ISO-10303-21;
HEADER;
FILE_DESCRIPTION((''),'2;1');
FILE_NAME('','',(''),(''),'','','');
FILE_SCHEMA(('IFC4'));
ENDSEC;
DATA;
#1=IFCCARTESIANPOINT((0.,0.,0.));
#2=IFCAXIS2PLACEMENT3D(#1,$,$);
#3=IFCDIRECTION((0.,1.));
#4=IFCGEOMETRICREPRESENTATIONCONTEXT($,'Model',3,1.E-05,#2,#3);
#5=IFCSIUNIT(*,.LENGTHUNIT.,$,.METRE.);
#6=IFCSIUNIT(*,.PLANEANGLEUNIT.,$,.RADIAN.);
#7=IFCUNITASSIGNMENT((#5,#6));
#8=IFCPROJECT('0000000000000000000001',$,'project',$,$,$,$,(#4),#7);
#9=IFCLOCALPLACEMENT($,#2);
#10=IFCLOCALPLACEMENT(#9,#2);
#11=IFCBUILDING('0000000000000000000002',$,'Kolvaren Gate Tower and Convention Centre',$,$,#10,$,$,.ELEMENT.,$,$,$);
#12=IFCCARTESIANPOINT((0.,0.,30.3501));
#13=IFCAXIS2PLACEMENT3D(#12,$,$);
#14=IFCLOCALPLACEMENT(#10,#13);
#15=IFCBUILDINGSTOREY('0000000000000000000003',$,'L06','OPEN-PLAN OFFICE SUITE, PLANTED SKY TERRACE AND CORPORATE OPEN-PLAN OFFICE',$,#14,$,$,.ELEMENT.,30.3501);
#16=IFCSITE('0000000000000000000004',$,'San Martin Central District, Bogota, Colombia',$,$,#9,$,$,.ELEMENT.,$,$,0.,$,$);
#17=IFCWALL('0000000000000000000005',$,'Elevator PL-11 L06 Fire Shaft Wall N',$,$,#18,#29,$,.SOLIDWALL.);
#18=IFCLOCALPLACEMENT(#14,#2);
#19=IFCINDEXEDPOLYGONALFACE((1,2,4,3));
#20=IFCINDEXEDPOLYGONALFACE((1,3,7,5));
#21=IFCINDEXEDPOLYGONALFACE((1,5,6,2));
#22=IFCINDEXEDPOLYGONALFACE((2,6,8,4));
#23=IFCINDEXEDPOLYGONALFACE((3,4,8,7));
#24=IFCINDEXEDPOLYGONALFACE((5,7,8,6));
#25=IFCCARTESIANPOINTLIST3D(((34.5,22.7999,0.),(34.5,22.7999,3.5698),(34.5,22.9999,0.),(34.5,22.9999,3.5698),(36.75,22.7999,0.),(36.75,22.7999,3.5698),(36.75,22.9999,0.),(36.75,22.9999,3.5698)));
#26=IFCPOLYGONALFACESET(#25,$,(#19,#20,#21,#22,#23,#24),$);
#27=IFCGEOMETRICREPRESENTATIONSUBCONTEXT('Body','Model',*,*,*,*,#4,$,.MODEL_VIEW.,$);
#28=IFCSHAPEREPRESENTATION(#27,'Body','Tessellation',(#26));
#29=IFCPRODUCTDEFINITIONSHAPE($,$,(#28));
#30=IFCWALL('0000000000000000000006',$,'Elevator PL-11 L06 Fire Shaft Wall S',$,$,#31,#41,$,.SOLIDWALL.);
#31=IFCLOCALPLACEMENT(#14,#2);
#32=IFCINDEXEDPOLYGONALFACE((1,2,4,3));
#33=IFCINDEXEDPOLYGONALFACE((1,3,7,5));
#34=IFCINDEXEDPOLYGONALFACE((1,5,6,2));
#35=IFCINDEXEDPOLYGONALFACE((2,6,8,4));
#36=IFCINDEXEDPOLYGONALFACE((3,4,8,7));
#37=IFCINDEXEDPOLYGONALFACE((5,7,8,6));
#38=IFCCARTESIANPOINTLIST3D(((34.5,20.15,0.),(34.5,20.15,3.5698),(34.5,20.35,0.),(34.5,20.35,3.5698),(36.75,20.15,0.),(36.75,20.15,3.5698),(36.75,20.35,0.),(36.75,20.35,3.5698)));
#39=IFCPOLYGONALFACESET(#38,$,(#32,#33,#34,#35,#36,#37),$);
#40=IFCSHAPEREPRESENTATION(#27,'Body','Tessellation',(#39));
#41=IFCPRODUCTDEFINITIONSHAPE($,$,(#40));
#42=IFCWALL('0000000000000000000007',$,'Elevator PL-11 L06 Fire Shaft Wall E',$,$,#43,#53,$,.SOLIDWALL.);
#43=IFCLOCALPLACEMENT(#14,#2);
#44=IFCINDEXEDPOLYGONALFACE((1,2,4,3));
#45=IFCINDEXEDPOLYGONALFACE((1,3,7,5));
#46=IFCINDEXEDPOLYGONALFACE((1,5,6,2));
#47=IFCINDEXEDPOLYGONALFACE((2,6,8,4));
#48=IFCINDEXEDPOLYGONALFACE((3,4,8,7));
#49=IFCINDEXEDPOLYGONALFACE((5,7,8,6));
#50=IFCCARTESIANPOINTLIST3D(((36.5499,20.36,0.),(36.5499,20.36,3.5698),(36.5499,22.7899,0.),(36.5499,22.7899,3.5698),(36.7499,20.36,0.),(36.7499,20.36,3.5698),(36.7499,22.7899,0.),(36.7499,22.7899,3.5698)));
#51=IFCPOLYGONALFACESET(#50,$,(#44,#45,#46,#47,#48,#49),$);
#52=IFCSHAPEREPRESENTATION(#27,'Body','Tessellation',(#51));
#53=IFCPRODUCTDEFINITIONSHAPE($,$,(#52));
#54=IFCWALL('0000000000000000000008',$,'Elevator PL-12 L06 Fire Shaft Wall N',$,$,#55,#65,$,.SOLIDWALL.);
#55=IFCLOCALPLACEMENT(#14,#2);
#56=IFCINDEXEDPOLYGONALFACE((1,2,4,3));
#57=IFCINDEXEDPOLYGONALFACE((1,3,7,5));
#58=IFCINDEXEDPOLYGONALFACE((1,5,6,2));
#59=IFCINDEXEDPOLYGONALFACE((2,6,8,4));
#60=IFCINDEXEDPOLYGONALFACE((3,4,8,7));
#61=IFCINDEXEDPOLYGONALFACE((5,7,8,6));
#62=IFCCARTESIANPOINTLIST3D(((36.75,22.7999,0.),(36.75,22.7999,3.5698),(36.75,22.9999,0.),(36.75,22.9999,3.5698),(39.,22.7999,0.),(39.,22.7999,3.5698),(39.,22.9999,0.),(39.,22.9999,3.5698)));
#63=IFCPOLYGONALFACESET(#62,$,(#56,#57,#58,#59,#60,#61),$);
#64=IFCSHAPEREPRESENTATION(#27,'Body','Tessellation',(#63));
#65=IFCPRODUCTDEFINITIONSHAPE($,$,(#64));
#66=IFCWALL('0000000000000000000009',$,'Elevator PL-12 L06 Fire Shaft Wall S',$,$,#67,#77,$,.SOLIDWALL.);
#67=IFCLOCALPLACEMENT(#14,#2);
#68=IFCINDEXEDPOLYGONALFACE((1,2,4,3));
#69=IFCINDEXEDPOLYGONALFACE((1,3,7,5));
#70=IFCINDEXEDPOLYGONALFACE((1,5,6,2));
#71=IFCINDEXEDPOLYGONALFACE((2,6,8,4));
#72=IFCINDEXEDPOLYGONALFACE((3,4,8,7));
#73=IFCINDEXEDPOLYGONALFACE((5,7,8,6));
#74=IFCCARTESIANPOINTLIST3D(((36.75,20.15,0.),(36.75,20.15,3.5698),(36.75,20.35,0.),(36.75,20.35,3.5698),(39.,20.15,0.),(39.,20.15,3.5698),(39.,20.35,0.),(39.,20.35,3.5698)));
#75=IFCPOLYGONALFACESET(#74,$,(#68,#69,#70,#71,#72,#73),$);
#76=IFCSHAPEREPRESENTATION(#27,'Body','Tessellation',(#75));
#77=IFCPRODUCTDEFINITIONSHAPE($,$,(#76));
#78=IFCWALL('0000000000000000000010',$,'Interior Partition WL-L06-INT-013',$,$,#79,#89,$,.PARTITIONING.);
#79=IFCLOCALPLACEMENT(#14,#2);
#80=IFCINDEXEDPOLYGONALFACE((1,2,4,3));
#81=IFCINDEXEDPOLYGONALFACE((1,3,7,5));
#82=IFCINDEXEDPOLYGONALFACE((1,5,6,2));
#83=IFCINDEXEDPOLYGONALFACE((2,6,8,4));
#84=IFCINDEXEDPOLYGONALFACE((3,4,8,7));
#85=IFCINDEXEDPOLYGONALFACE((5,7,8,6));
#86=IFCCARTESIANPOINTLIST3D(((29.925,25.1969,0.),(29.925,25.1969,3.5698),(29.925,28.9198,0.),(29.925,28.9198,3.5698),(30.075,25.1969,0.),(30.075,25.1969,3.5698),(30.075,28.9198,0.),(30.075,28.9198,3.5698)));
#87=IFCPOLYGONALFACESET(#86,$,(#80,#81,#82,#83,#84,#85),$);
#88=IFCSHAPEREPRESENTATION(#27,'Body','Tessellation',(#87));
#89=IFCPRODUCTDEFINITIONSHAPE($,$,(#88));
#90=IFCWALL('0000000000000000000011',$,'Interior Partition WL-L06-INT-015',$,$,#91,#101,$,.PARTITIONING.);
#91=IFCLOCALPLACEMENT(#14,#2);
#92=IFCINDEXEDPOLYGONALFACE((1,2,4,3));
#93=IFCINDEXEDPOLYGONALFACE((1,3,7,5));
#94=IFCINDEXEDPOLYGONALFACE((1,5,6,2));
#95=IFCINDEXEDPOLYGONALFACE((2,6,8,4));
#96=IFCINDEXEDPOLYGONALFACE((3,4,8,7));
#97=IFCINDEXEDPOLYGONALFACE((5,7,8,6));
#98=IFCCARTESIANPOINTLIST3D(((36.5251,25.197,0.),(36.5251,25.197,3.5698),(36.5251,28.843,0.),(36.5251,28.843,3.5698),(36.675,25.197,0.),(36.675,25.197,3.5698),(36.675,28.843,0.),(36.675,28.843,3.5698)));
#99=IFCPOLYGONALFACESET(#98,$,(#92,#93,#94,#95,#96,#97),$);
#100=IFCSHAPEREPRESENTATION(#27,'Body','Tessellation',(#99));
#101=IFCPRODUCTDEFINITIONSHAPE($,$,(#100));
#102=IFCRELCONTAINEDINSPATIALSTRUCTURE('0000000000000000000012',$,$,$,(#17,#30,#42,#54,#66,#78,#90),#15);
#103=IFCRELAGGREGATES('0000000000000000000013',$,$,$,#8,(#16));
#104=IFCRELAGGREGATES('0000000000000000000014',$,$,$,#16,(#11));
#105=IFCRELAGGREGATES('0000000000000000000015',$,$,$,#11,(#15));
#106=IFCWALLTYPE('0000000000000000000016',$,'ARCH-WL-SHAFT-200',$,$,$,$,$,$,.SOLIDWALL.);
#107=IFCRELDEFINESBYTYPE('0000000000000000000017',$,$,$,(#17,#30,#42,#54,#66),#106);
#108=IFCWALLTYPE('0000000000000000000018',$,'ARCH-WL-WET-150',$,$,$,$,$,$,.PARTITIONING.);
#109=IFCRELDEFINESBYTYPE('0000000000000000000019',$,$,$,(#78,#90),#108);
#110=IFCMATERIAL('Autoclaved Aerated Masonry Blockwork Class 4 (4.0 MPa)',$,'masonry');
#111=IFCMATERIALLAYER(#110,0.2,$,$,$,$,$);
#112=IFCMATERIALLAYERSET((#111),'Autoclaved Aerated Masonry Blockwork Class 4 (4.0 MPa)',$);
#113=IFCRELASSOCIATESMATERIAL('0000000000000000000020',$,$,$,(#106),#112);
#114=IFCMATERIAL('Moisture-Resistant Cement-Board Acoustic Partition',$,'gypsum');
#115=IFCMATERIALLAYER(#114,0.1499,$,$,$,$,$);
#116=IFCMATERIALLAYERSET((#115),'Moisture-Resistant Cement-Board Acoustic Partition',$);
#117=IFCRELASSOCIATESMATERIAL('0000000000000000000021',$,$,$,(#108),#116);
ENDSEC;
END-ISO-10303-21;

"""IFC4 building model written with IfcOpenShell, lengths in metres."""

from ifc_helpers import new_model, si_unit, direction, frame, frame_2d, origin, place, context, subcontext, project, spatial, rectangle, extrude, material, layer, layer_set, type_object, element, save


model = new_model("IFC4")

# Units and contexts
model_context = context("Model", 3, precision=1e-05, world=origin(), true_north=direction((0.0, 1.0)))
body_context = subcontext(model_context, "Body", "Model", "MODEL_VIEW")
ifc_project = project(units=[si_unit("LENGTHUNIT", "METRE"), si_unit("PLANEANGLEUNIT", "RADIAN")], contexts=[model_context])

# Site, building, storey
site_placement = place(None, origin())
site = spatial("IfcSite", under=ifc_project, at=site_placement, Name="San Martin Central District, Bogota, Colombia", CompositionType="ELEMENT", RefElevation=0.0)
building_placement = place(site_placement, origin())
building = spatial("IfcBuilding", under=site, at=building_placement, Name="Kolvaren Gate Tower and Convention Centre", CompositionType="ELEMENT")
storey_placement = place(building_placement, frame((0.0, 0.0, 30.3501)))
storey = spatial("IfcBuildingStorey", under=building, at=storey_placement, Name="L06", Description="OPEN-PLAN OFFICE SUITE, PLANTED SKY TERRACE AND CORPORATE OPEN-PLAN OFFICE", CompositionType="ELEMENT", Elevation=30.3501)

# Walls
ifc_material_1 = material(Name="Autoclaved Aerated Masonry Blockwork Class 4 (4.0 MPa)", Category="masonry")
ifc_layer_1 = layer(ifc_material_1, 0.2)
ifc_layer_set_1 = layer_set([ifc_layer_1], Name="Autoclaved Aerated Masonry Blockwork Class 4 (4.0 MPa)")
wall_type_1 = type_object("IfcWallType", Name="ARCH-WL-SHAFT-200", PredefinedType="SOLIDWALL", material=ifc_layer_set_1)
for number, where, z_axis, x_axis, name in (
    (1, (34.5, 22.8999, 0.0), (0.0, 0.0, 1.0), (1.0, 0.0, 0.0), "Elevator PL-11 L06 Fire Shaft Wall N"),
    (2, (34.5, 20.25, 0.0), (0.0, 0.0, 1.0), (1.0, 0.0, 0.0), "Elevator PL-11 L06 Fire Shaft Wall S"),
):
    element("IfcWall", number, at=place(storey_placement, frame(where, z_axis=z_axis, x_axis=x_axis)), inside=storey, type_object=wall_type_1, Name=name, PredefinedType="SOLIDWALL", context=body_context, shape_type="SweptSolid", body=[
        extrude(rectangle(XDim=2.25, YDim=0.2, at=frame_2d((1.125, 0.0))), origin(), (0.0, 0.0, 1.0), 3.5698),
    ])
wall_1_placement = place(storey_placement, frame((36.6499, 20.3601, 0.0), z_axis=(0.0, 0.0, 1.0), x_axis=(0.0, 1.0, 0.0)))
element("IfcWall", 3, at=wall_1_placement, inside=storey, type_object=wall_type_1, Name="Elevator PL-11 L06 Fire Shaft Wall E", PredefinedType="SOLIDWALL", context=body_context, shape_type="SweptSolid", body=[
    extrude(rectangle(XDim=2.4299, YDim=0.2, at=frame_2d((1.2148, 0.0))), origin(), (0.0, 0.0, 1.0), 3.5698),
])
for number, where, z_axis, x_axis, name in (
    (4, (36.75, 22.8999, 0.0), (0.0, 0.0, 1.0), (1.0, 0.0, 0.0), "Elevator PL-12 L06 Fire Shaft Wall N"),
    (5, (36.75, 20.25, 0.0), (0.0, 0.0, 1.0), (1.0, 0.0, 0.0), "Elevator PL-12 L06 Fire Shaft Wall S"),
):
    element("IfcWall", number, at=place(storey_placement, frame(where, z_axis=z_axis, x_axis=x_axis)), inside=storey, type_object=wall_type_1, Name=name, PredefinedType="SOLIDWALL", context=body_context, shape_type="SweptSolid", body=[
        extrude(rectangle(XDim=2.25, YDim=0.2, at=frame_2d((1.125, 0.0))), origin(), (0.0, 0.0, 1.0), 3.5698),
    ])
ifc_material_2 = material(Name="Moisture-Resistant Cement-Board Acoustic Partition", Category="gypsum")
ifc_layer_2 = layer(ifc_material_2, 0.1499)
ifc_layer_set_2 = layer_set([ifc_layer_2], Name="Moisture-Resistant Cement-Board Acoustic Partition")
wall_type_2 = type_object("IfcWallType", Name="ARCH-WL-WET-150", PredefinedType="PARTITIONING", material=ifc_layer_set_2)
wall_2_placement = place(storey_placement, frame((30.0, 25.197, 0.0), z_axis=(0.0, 0.0, 1.0), x_axis=(0.0, 1.0, 0.0)))
element("IfcWall", 6, at=wall_2_placement, inside=storey, type_object=wall_type_2, Name="Interior Partition WL-L06-INT-013", PredefinedType="PARTITIONING", context=body_context, shape_type="SweptSolid", body=[
    extrude(rectangle(XDim=3.7229, YDim=0.1499, at=frame_2d((1.8613, 0.0))), origin(), (0.0, 0.0, 1.0), 3.5698),
])
wall_3_placement = place(storey_placement, frame((36.6001, 25.197, 0.0), z_axis=(0.0, 0.0, 1.0), x_axis=(0.0, 1.0, 0.0)))
element("IfcWall", 7, at=wall_3_placement, inside=storey, type_object=wall_type_2, Name="Interior Partition WL-L06-INT-015", PredefinedType="PARTITIONING", context=body_context, shape_type="SweptSolid", body=[
    extrude(rectangle(XDim=3.646, YDim=0.1499, at=frame_2d((1.823, 0.0))), origin(), (0.0, 0.0, 1.0), 3.5698),
])

save(model, "model.ifc")
